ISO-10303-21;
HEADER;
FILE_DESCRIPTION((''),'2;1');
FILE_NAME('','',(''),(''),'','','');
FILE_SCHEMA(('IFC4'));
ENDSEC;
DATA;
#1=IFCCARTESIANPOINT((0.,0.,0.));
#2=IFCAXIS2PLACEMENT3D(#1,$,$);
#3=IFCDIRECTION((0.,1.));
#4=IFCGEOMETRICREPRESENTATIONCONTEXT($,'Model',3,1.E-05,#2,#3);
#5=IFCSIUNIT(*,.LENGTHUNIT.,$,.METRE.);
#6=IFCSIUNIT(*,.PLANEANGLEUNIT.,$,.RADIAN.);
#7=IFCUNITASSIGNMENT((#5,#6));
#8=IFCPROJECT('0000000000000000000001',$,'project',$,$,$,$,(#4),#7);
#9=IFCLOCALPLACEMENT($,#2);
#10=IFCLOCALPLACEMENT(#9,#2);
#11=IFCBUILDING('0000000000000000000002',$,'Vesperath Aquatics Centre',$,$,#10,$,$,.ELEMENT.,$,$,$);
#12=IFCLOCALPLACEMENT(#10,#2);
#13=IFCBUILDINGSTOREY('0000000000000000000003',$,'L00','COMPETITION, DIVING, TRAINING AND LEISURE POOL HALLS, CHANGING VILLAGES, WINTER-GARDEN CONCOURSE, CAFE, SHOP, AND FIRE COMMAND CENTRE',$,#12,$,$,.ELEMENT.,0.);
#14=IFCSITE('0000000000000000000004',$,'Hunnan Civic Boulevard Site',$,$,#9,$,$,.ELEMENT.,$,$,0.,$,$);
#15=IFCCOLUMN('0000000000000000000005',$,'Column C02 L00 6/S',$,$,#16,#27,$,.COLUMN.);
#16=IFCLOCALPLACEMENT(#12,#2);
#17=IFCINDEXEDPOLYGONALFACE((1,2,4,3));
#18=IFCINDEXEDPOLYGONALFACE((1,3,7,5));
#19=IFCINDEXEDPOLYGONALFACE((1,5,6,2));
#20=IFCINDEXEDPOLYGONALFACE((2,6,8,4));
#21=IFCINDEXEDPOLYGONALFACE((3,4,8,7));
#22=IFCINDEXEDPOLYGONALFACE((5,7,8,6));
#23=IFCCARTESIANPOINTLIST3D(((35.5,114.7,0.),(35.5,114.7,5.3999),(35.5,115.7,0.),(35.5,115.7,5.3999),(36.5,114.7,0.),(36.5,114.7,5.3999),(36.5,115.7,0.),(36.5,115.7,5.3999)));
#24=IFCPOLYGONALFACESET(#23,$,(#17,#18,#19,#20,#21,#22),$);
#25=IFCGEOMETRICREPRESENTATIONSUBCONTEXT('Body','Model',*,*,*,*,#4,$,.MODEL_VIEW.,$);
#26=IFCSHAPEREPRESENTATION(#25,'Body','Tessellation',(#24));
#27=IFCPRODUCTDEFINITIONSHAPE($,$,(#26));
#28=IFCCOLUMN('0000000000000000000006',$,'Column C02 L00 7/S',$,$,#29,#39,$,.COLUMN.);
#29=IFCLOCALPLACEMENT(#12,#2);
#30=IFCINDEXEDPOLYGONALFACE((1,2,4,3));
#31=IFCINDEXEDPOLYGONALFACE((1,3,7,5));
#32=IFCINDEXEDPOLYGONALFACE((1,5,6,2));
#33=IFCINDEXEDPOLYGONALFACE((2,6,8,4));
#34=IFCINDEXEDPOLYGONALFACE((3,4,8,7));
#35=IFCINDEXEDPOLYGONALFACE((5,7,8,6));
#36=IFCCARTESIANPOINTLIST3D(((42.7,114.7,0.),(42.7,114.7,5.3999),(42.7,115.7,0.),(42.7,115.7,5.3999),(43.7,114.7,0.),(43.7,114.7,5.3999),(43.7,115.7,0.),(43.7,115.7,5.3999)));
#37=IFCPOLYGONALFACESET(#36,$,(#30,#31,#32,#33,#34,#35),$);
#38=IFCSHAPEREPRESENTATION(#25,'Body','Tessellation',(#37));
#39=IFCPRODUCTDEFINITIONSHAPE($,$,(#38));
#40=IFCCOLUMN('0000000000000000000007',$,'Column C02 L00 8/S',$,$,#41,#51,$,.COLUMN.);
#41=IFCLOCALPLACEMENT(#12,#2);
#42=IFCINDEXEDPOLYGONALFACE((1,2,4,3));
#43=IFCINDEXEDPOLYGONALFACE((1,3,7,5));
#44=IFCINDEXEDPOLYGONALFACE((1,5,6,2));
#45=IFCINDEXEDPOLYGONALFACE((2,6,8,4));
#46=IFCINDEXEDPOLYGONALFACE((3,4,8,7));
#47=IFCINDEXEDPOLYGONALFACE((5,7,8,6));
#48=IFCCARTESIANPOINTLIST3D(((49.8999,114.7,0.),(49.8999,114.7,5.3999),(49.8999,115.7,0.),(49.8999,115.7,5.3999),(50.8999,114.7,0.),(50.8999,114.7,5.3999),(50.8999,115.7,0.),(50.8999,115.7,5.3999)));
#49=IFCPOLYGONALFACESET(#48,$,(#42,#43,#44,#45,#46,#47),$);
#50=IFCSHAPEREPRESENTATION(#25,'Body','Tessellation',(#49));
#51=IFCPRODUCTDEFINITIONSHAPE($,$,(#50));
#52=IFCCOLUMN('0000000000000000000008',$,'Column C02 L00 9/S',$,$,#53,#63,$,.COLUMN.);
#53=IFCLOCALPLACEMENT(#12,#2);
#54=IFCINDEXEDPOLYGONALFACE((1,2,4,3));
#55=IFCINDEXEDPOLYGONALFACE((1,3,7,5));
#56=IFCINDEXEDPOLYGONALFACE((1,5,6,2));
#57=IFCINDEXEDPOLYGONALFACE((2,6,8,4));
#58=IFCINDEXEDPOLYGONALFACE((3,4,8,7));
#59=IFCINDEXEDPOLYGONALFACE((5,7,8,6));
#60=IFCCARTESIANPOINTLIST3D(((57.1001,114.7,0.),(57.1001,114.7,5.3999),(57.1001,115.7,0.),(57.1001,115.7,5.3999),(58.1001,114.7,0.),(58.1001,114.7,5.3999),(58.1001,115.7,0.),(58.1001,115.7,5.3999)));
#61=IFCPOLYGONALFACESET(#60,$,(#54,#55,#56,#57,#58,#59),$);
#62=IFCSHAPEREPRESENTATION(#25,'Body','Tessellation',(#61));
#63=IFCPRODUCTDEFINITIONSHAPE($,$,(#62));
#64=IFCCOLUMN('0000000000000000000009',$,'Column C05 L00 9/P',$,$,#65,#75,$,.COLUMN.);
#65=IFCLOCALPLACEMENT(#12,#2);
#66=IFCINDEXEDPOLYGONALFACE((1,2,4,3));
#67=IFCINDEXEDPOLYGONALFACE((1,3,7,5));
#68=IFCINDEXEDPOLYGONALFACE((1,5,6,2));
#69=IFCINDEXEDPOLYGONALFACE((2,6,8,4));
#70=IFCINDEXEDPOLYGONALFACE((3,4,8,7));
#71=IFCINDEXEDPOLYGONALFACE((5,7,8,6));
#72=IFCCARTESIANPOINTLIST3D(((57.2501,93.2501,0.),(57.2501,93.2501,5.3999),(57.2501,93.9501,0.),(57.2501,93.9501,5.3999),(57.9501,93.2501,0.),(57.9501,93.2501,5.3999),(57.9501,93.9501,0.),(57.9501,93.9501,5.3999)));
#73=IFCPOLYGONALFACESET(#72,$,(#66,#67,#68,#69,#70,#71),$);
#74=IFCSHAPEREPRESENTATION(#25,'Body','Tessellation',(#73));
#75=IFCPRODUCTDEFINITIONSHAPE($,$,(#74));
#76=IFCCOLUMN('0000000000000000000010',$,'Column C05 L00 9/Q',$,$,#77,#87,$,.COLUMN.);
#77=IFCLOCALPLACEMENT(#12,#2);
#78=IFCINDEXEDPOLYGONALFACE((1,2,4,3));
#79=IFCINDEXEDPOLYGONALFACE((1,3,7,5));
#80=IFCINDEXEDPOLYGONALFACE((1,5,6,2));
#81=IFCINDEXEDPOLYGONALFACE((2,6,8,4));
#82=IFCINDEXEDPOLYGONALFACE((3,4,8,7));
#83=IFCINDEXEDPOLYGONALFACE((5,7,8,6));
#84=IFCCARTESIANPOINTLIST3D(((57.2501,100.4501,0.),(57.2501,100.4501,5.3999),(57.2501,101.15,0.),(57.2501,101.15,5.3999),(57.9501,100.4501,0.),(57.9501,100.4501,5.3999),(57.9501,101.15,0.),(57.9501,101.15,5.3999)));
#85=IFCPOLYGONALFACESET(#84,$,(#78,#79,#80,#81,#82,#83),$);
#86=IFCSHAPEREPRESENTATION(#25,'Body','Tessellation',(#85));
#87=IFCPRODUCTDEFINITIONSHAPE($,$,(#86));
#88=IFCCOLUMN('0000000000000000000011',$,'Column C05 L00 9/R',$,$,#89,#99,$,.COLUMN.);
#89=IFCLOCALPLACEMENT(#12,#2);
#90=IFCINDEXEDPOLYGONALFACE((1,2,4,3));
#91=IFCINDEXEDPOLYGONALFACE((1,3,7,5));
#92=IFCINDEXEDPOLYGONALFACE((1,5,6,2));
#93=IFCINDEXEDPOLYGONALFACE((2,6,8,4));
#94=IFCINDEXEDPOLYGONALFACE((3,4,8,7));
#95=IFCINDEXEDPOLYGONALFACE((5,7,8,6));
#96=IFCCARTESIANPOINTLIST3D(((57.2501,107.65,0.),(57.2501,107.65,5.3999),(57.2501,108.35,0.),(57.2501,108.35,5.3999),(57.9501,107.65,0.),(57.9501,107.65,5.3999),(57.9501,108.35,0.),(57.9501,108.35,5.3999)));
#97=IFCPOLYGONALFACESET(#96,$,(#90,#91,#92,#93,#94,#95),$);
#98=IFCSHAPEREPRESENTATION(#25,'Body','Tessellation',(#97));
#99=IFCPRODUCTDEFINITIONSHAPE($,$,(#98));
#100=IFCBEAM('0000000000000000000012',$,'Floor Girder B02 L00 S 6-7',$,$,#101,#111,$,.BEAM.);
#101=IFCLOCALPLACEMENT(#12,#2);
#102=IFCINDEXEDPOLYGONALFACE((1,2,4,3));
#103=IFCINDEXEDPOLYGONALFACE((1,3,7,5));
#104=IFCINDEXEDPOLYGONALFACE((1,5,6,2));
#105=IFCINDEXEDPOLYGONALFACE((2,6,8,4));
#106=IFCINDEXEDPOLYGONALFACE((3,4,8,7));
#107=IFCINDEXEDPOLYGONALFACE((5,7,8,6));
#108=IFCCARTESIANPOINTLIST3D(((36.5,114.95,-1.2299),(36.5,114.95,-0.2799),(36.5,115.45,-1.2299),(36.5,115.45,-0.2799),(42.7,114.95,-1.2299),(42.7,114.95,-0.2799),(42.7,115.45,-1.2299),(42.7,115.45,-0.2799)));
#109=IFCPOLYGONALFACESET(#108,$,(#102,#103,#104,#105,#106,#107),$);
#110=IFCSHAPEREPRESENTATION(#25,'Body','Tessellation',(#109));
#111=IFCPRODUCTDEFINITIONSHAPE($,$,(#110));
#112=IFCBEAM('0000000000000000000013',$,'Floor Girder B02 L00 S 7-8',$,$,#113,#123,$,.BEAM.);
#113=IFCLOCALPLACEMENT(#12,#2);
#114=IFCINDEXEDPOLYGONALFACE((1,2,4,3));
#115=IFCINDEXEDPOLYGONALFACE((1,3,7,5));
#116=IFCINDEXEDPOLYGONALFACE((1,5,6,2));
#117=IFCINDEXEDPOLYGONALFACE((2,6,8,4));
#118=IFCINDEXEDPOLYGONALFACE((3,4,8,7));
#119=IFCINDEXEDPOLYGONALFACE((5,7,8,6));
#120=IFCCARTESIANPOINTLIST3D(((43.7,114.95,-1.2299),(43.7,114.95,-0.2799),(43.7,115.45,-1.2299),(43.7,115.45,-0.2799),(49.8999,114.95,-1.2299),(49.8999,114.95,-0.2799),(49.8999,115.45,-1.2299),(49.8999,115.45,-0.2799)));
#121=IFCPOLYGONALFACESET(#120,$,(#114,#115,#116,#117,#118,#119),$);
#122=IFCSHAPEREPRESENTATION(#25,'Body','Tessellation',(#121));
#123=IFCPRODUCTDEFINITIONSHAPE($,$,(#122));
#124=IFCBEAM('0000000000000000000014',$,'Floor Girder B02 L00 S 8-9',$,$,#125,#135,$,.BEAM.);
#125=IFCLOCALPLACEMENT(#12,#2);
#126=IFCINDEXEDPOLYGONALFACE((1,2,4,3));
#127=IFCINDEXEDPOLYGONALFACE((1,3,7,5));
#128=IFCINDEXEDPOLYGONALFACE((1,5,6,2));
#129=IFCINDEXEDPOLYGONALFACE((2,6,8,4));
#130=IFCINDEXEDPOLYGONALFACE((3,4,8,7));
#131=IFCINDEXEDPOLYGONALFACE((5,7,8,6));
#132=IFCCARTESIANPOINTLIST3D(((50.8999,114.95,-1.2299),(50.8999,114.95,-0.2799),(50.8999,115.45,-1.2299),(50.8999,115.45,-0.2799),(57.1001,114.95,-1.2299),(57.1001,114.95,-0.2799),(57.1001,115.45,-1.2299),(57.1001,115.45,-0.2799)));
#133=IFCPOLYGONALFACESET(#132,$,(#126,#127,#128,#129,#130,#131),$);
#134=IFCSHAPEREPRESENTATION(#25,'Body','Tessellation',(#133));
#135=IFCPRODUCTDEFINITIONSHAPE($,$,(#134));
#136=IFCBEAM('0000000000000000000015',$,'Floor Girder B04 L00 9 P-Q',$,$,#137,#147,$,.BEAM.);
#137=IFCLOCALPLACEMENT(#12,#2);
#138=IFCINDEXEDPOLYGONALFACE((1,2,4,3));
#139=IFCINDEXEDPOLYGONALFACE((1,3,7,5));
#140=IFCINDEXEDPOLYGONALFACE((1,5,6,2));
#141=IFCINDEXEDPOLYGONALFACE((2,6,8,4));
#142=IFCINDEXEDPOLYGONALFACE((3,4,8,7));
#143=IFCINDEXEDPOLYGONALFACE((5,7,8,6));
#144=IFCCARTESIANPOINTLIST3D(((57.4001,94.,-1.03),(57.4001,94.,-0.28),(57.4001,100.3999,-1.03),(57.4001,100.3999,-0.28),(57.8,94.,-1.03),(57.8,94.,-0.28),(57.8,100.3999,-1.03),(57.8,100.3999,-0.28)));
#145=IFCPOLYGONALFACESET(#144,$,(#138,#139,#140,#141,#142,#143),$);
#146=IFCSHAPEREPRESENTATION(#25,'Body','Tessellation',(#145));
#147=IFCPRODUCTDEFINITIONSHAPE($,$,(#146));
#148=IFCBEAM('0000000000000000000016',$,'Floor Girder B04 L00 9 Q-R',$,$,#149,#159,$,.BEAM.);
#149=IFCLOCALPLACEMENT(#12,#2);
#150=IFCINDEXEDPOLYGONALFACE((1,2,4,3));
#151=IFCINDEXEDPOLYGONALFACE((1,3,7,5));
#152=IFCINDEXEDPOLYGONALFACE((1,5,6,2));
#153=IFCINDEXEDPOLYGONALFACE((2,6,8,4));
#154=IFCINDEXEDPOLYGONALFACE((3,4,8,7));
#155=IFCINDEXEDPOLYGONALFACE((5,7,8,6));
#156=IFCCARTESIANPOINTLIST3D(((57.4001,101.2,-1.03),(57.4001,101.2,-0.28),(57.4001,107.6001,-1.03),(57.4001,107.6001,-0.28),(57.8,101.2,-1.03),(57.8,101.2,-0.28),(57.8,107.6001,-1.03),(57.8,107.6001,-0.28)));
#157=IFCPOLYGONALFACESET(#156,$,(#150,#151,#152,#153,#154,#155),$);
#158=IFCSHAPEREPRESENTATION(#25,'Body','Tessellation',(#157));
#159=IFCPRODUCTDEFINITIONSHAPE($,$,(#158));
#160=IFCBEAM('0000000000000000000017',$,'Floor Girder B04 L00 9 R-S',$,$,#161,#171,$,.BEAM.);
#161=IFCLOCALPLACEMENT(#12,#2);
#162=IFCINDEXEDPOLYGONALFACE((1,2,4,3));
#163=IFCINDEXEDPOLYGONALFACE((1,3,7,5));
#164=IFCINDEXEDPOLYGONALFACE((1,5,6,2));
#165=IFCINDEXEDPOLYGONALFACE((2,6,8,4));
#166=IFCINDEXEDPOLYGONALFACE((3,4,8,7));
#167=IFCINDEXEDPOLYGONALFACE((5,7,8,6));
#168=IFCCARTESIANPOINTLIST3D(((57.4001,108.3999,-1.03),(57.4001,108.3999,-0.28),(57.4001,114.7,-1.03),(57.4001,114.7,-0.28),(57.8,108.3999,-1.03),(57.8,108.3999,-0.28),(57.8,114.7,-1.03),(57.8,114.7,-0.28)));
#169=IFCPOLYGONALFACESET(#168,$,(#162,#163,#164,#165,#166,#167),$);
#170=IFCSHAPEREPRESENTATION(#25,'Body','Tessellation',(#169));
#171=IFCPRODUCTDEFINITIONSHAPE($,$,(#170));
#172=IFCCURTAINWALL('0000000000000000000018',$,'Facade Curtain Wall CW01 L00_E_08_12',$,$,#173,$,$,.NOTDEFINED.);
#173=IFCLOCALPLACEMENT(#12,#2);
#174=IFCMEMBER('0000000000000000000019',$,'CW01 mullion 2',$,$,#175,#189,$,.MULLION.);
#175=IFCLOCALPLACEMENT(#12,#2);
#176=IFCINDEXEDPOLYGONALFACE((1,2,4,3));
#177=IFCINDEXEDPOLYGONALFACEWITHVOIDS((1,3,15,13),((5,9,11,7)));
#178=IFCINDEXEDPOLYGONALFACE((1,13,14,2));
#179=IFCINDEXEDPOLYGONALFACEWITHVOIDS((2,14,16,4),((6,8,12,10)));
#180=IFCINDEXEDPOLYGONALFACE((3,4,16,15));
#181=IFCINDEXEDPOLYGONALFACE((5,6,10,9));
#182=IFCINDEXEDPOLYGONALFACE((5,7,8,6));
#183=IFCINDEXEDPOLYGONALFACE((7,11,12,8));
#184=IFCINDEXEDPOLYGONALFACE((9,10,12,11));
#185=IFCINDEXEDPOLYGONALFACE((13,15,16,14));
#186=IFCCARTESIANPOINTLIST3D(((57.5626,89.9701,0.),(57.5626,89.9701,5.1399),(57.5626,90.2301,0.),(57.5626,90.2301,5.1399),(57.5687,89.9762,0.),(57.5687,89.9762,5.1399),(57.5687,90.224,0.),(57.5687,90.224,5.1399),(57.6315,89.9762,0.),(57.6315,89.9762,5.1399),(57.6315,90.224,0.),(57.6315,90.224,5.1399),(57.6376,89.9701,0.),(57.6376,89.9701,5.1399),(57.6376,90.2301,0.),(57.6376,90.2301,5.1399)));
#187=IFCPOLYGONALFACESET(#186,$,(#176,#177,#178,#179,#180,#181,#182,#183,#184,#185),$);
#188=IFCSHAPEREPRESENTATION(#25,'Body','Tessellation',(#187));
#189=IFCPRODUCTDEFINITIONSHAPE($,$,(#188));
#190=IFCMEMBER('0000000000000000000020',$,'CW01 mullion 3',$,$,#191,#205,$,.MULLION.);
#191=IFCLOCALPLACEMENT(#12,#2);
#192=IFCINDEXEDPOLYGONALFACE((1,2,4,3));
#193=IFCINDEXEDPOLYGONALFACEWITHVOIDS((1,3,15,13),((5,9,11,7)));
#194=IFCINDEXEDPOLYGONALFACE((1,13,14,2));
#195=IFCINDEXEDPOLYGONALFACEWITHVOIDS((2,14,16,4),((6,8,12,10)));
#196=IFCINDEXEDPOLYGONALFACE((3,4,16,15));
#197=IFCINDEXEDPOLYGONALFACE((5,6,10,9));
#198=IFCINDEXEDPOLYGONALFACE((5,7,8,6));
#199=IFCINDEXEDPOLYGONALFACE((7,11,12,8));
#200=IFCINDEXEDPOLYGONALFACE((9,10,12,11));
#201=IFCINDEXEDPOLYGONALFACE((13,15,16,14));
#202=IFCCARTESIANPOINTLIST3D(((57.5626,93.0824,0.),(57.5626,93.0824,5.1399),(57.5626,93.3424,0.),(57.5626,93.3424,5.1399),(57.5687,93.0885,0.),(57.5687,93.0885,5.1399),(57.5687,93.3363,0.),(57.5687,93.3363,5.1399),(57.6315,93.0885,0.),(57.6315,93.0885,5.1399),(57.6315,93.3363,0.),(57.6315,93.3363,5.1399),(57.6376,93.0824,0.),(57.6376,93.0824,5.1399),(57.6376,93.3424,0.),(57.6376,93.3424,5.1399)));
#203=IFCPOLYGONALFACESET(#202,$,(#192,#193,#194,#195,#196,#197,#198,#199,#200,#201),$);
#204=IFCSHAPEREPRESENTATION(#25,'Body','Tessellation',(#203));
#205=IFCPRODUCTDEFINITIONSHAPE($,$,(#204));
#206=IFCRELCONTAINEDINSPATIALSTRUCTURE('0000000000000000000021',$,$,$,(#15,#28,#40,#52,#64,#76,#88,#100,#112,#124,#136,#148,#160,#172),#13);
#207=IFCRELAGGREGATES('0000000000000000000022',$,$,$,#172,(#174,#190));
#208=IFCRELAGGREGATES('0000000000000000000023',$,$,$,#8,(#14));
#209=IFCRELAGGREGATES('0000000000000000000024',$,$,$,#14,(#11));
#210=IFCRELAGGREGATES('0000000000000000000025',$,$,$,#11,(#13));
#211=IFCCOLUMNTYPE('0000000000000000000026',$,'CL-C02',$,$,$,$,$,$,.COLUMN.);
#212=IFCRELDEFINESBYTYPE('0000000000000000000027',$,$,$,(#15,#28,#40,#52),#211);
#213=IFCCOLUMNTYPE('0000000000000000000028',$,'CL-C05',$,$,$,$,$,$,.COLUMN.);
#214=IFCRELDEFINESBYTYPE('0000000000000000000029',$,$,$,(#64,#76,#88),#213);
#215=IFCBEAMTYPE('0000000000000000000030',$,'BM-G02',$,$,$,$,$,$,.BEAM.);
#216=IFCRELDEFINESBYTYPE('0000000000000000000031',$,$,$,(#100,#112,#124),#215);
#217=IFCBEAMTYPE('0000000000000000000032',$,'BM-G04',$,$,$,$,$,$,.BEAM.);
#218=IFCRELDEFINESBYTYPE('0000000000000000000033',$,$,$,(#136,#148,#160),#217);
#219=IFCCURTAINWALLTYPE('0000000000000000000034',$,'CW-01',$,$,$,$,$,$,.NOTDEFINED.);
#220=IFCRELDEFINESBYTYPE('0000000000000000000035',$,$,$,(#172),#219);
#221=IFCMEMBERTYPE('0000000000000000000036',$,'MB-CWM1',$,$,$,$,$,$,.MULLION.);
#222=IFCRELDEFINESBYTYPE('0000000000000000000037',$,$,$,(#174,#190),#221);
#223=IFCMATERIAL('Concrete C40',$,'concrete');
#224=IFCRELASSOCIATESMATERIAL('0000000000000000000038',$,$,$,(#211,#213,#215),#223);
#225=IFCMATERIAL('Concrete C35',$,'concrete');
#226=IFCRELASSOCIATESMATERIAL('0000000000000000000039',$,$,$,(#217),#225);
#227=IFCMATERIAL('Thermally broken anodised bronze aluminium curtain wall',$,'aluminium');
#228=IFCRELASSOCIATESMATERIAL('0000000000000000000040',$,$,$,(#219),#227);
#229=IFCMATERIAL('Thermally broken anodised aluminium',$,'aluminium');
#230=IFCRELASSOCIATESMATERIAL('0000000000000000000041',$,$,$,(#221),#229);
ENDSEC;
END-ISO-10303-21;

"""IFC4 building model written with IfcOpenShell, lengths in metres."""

from ifc_helpers import new_model, si_unit, direction, frame, origin, origin_2d, place, context, subcontext, project, spatial, rectangle, hollow_rectangle, extrude, material, material_profile, profile_set, type_object, element, aggregate, save


model = new_model("IFC4")

# Units and contexts
model_context = context("Model", 3, precision=1e-05, world=origin(), true_north=direction((0.0, 1.0)))
body_context = subcontext(model_context, "Body", "Model", "MODEL_VIEW")
ifc_project = project(units=[si_unit("LENGTHUNIT", "METRE"), si_unit("PLANEANGLEUNIT", "RADIAN")], contexts=[model_context])

# Site, building, storey
site_placement = place(None, origin())
site = spatial("IfcSite", under=ifc_project, at=site_placement, Name="Hunnan Civic Boulevard Site", CompositionType="ELEMENT", RefElevation=0.0)
building_placement = place(site_placement, origin())
building = spatial("IfcBuilding", under=site, at=building_placement, Name="Vesperath Aquatics Centre", CompositionType="ELEMENT")
storey_placement = place(building_placement, origin())
storey = spatial("IfcBuildingStorey", under=building, at=storey_placement, Name="L00", Description="COMPETITION, DIVING, TRAINING AND LEISURE POOL HALLS, CHANGING VILLAGES, WINTER-GARDEN CONCOURSE, CAFE, SHOP, AND FIRE COMMAND CENTRE", CompositionType="ELEMENT", Elevation=0.0)

# Columns
ifc_material_1 = material(Name="Concrete C40", Category="concrete")
ifc_material_profile_1 = material_profile(ifc_material_1, rectangle(XDim=1.0, YDim=1.0, at=origin_2d()), Name="RC 1000x1000")
ifc_profile_set_1 = profile_set([ifc_material_profile_1], Name="Concrete C40")
column_type_1 = type_object("IfcColumnType", Name="CL-C02", PredefinedType="COLUMN", material=ifc_profile_set_1)
for number, where, z_axis, x_axis, name in (
    (1, (36.0, 115.2, 0.0), (0.0, 0.0, 1.0), (1.0, 0.0, 0.0), "Column C02 L00 6/S"),
    (2, (43.2, 115.2, 0.0), (0.0, 0.0, 1.0), (1.0, 0.0, 0.0), "Column C02 L00 7/S"),
    (3, (50.3999, 115.2, 0.0), (0.0, 0.0, 1.0), (1.0, 0.0, 0.0), "Column C02 L00 8/S"),
    (4, (57.6001, 115.2, 0.0), (0.0, 0.0, 1.0), (1.0, 0.0, 0.0), "Column C02 L00 9/S"),
):
    element("IfcColumn", number, at=place(storey_placement, frame(where, z_axis=z_axis, x_axis=x_axis)), inside=storey, type_object=column_type_1, Name=name, PredefinedType="COLUMN", context=body_context, shape_type="SweptSolid", body=[
        extrude(rectangle(XDim=1.0, YDim=1.0, at=origin_2d()), origin(), (0.0, 0.0, 1.0), 5.3999),
    ])
ifc_material_profile_2 = material_profile(ifc_material_1, rectangle(XDim=0.7, YDim=0.7, at=origin_2d()), Name="RC 700x700")
ifc_profile_set_2 = profile_set([ifc_material_profile_2], Name="Concrete C40")
column_type_2 = type_object("IfcColumnType", Name="CL-C05", PredefinedType="COLUMN", material=ifc_profile_set_2)
for number, where, z_axis, x_axis, name in (
    (5, (57.6001, 93.6001, 0.0), (0.0, 0.0, 1.0), (1.0, 0.0, 0.0), "Column C05 L00 9/P"),
    (6, (57.6001, 100.8, 0.0), (0.0, 0.0, 1.0), (1.0, 0.0, 0.0), "Column C05 L00 9/Q"),
    (7, (57.6001, 108.0, 0.0), (0.0, 0.0, 1.0), (1.0, 0.0, 0.0), "Column C05 L00 9/R"),
):
    element("IfcColumn", number, at=place(storey_placement, frame(where, z_axis=z_axis, x_axis=x_axis)), inside=storey, type_object=column_type_2, Name=name, PredefinedType="COLUMN", context=body_context, shape_type="SweptSolid", body=[
        extrude(rectangle(XDim=0.7, YDim=0.7, at=origin_2d()), origin(), (0.0, 0.0, 1.0), 5.3999),
    ])

# Beams
ifc_material_profile_3 = material_profile(ifc_material_1, rectangle(XDim=0.5, YDim=0.95, at=origin_2d()), Name="RC 500x950")
ifc_profile_set_3 = profile_set([ifc_material_profile_3], Name="Concrete C40")
beam_type_1 = type_object("IfcBeamType", Name="BM-G02", PredefinedType="BEAM", material=ifc_profile_set_3)
for number, where, z_axis, x_axis, name in (
    (8, (36.5, 115.2, -0.7549), (1.0, 0.0, 0.0), (0.0, 1.0, 0.0), "Floor Girder B02 L00 S 6-7"),
    (9, (43.7, 115.2, -0.7549), (1.0, 0.0, 0.0), (0.0, 1.0, 0.0), "Floor Girder B02 L00 S 7-8"),
):
    element("IfcBeam", number, at=place(storey_placement, frame(where, z_axis=z_axis, x_axis=x_axis)), inside=storey, type_object=beam_type_1, Name=name, PredefinedType="BEAM", context=body_context, shape_type="SweptSolid", body=[
        extrude(rectangle(XDim=0.5, YDim=0.95, at=origin_2d()), origin(), (0.0, 0.0, 1.0), 6.2),
    ])
beam_1_placement = place(storey_placement, frame((50.8999, 115.2, -0.7549), z_axis=(1.0, 0.0, 0.0), x_axis=(0.0, 1.0, 0.0)))
element("IfcBeam", 10, at=beam_1_placement, inside=storey, type_object=beam_type_1, Name="Floor Girder B02 L00 S 8-9", PredefinedType="BEAM", context=body_context, shape_type="SweptSolid", body=[
    extrude(rectangle(XDim=0.5, YDim=0.95, at=origin_2d()), origin(), (0.0, 0.0, 1.0), 6.2002),
])
ifc_material_2 = material(Name="Concrete C35", Category="concrete")
ifc_material_profile_4 = material_profile(ifc_material_2, rectangle(XDim=0.3999, YDim=0.75, at=origin_2d()), Name="RC 400x750")
ifc_profile_set_4 = profile_set([ifc_material_profile_4], Name="Concrete C35")
beam_type_2 = type_object("IfcBeamType", Name="BM-G04", PredefinedType="BEAM", material=ifc_profile_set_4)
beam_2_placement = place(storey_placement, frame((57.6001, 94.0, -0.655), z_axis=(0.0, 1.0, 0.0), x_axis=(-1.0, 0.0, 0.0)))
element("IfcBeam", 11, at=beam_2_placement, inside=storey, type_object=beam_type_2, Name="Floor Girder B04 L00 9 P-Q", PredefinedType="BEAM", context=body_context, shape_type="SweptSolid", body=[
    extrude(rectangle(XDim=0.3999, YDim=0.75, at=origin_2d()), origin(), (0.0, 0.0, 1.0), 6.3999),
])
beam_3_placement = place(storey_placement, frame((57.6001, 101.2, -0.655), z_axis=(0.0, 1.0, 0.0), x_axis=(-1.0, 0.0, 0.0)))
element("IfcBeam", 12, at=beam_3_placement, inside=storey, type_object=beam_type_2, Name="Floor Girder B04 L00 9 Q-R", PredefinedType="BEAM", context=body_context, shape_type="SweptSolid", body=[
    extrude(rectangle(XDim=0.3999, YDim=0.75, at=origin_2d()), origin(), (0.0, 0.0, 1.0), 6.4001),
])
beam_4_placement = place(storey_placement, frame((57.6001, 108.3999, -0.655), z_axis=(0.0, 1.0, 0.0), x_axis=(-1.0, 0.0, 0.0)))
element("IfcBeam", 13, at=beam_4_placement, inside=storey, type_object=beam_type_2, Name="Floor Girder B04 L00 9 R-S", PredefinedType="BEAM", context=body_context, shape_type="SweptSolid", body=[
    extrude(rectangle(XDim=0.3999, YDim=0.75, at=origin_2d()), origin(), (0.0, 0.0, 1.0), 6.3),
])

# Curtain wall, members
ifc_material_3 = material(Name="Thermally broken anodised bronze aluminium curtain wall", Category="aluminium")
curtain_wall_type = type_object("IfcCurtainWallType", Name="CW-01", PredefinedType="NOTDEFINED", material=ifc_material_3)
curtain_wall_placement = place(storey_placement, origin())
curtain_wall = element("IfcCurtainWall", 14, at=curtain_wall_placement, inside=storey, type_object=curtain_wall_type, Name="Facade Curtain Wall CW01 L00_E_08_12", PredefinedType="NOTDEFINED")
ifc_material_4 = material(Name="Thermally broken anodised aluminium", Category="aluminium")
ifc_material_profile_5 = material_profile(ifc_material_4, hollow_rectangle(XDim=0.075, YDim=0.26, WallThickness=0.0061, at=origin_2d()), Name="CWM 75x260x6")
ifc_profile_set_5 = profile_set([ifc_material_profile_5], Name="Thermally broken anodised aluminium")
member_type_1 = type_object("IfcMemberType", Name="MB-CWM1", PredefinedType="MULLION", material=ifc_profile_set_5)
member_1_placement = place(storey_placement, frame((57.6001, 90.1001, 0.0), z_axis=(0.0, 0.0, 1.0), x_axis=(-1.0, 0.0, 0.0)))
member_1 = element("IfcMember", 15, at=member_1_placement, type_object=member_type_1, Name="CW01 mullion 2", PredefinedType="MULLION", context=body_context, shape_type="SweptSolid", body=[
    extrude(hollow_rectangle(XDim=0.075, YDim=0.26, WallThickness=0.0061, at=origin_2d()), origin(), (0.0, 0.0, 1.0), 5.1399),
])
member_2_placement = place(storey_placement, frame((57.6001, 93.2124, 0.0), z_axis=(0.0, 0.0, 1.0), x_axis=(-1.0, 0.0, 0.0)))
member_2 = element("IfcMember", 16, at=member_2_placement, type_object=member_type_1, Name="CW01 mullion 3", PredefinedType="MULLION", context=body_context, shape_type="SweptSolid", body=[
    extrude(hollow_rectangle(XDim=0.075, YDim=0.26, WallThickness=0.0061, at=origin_2d()), origin(), (0.0, 0.0, 1.0), 5.1399),
])
aggregate(curtain_wall, [member_1, member_2])

save(model, "model.ifc")
